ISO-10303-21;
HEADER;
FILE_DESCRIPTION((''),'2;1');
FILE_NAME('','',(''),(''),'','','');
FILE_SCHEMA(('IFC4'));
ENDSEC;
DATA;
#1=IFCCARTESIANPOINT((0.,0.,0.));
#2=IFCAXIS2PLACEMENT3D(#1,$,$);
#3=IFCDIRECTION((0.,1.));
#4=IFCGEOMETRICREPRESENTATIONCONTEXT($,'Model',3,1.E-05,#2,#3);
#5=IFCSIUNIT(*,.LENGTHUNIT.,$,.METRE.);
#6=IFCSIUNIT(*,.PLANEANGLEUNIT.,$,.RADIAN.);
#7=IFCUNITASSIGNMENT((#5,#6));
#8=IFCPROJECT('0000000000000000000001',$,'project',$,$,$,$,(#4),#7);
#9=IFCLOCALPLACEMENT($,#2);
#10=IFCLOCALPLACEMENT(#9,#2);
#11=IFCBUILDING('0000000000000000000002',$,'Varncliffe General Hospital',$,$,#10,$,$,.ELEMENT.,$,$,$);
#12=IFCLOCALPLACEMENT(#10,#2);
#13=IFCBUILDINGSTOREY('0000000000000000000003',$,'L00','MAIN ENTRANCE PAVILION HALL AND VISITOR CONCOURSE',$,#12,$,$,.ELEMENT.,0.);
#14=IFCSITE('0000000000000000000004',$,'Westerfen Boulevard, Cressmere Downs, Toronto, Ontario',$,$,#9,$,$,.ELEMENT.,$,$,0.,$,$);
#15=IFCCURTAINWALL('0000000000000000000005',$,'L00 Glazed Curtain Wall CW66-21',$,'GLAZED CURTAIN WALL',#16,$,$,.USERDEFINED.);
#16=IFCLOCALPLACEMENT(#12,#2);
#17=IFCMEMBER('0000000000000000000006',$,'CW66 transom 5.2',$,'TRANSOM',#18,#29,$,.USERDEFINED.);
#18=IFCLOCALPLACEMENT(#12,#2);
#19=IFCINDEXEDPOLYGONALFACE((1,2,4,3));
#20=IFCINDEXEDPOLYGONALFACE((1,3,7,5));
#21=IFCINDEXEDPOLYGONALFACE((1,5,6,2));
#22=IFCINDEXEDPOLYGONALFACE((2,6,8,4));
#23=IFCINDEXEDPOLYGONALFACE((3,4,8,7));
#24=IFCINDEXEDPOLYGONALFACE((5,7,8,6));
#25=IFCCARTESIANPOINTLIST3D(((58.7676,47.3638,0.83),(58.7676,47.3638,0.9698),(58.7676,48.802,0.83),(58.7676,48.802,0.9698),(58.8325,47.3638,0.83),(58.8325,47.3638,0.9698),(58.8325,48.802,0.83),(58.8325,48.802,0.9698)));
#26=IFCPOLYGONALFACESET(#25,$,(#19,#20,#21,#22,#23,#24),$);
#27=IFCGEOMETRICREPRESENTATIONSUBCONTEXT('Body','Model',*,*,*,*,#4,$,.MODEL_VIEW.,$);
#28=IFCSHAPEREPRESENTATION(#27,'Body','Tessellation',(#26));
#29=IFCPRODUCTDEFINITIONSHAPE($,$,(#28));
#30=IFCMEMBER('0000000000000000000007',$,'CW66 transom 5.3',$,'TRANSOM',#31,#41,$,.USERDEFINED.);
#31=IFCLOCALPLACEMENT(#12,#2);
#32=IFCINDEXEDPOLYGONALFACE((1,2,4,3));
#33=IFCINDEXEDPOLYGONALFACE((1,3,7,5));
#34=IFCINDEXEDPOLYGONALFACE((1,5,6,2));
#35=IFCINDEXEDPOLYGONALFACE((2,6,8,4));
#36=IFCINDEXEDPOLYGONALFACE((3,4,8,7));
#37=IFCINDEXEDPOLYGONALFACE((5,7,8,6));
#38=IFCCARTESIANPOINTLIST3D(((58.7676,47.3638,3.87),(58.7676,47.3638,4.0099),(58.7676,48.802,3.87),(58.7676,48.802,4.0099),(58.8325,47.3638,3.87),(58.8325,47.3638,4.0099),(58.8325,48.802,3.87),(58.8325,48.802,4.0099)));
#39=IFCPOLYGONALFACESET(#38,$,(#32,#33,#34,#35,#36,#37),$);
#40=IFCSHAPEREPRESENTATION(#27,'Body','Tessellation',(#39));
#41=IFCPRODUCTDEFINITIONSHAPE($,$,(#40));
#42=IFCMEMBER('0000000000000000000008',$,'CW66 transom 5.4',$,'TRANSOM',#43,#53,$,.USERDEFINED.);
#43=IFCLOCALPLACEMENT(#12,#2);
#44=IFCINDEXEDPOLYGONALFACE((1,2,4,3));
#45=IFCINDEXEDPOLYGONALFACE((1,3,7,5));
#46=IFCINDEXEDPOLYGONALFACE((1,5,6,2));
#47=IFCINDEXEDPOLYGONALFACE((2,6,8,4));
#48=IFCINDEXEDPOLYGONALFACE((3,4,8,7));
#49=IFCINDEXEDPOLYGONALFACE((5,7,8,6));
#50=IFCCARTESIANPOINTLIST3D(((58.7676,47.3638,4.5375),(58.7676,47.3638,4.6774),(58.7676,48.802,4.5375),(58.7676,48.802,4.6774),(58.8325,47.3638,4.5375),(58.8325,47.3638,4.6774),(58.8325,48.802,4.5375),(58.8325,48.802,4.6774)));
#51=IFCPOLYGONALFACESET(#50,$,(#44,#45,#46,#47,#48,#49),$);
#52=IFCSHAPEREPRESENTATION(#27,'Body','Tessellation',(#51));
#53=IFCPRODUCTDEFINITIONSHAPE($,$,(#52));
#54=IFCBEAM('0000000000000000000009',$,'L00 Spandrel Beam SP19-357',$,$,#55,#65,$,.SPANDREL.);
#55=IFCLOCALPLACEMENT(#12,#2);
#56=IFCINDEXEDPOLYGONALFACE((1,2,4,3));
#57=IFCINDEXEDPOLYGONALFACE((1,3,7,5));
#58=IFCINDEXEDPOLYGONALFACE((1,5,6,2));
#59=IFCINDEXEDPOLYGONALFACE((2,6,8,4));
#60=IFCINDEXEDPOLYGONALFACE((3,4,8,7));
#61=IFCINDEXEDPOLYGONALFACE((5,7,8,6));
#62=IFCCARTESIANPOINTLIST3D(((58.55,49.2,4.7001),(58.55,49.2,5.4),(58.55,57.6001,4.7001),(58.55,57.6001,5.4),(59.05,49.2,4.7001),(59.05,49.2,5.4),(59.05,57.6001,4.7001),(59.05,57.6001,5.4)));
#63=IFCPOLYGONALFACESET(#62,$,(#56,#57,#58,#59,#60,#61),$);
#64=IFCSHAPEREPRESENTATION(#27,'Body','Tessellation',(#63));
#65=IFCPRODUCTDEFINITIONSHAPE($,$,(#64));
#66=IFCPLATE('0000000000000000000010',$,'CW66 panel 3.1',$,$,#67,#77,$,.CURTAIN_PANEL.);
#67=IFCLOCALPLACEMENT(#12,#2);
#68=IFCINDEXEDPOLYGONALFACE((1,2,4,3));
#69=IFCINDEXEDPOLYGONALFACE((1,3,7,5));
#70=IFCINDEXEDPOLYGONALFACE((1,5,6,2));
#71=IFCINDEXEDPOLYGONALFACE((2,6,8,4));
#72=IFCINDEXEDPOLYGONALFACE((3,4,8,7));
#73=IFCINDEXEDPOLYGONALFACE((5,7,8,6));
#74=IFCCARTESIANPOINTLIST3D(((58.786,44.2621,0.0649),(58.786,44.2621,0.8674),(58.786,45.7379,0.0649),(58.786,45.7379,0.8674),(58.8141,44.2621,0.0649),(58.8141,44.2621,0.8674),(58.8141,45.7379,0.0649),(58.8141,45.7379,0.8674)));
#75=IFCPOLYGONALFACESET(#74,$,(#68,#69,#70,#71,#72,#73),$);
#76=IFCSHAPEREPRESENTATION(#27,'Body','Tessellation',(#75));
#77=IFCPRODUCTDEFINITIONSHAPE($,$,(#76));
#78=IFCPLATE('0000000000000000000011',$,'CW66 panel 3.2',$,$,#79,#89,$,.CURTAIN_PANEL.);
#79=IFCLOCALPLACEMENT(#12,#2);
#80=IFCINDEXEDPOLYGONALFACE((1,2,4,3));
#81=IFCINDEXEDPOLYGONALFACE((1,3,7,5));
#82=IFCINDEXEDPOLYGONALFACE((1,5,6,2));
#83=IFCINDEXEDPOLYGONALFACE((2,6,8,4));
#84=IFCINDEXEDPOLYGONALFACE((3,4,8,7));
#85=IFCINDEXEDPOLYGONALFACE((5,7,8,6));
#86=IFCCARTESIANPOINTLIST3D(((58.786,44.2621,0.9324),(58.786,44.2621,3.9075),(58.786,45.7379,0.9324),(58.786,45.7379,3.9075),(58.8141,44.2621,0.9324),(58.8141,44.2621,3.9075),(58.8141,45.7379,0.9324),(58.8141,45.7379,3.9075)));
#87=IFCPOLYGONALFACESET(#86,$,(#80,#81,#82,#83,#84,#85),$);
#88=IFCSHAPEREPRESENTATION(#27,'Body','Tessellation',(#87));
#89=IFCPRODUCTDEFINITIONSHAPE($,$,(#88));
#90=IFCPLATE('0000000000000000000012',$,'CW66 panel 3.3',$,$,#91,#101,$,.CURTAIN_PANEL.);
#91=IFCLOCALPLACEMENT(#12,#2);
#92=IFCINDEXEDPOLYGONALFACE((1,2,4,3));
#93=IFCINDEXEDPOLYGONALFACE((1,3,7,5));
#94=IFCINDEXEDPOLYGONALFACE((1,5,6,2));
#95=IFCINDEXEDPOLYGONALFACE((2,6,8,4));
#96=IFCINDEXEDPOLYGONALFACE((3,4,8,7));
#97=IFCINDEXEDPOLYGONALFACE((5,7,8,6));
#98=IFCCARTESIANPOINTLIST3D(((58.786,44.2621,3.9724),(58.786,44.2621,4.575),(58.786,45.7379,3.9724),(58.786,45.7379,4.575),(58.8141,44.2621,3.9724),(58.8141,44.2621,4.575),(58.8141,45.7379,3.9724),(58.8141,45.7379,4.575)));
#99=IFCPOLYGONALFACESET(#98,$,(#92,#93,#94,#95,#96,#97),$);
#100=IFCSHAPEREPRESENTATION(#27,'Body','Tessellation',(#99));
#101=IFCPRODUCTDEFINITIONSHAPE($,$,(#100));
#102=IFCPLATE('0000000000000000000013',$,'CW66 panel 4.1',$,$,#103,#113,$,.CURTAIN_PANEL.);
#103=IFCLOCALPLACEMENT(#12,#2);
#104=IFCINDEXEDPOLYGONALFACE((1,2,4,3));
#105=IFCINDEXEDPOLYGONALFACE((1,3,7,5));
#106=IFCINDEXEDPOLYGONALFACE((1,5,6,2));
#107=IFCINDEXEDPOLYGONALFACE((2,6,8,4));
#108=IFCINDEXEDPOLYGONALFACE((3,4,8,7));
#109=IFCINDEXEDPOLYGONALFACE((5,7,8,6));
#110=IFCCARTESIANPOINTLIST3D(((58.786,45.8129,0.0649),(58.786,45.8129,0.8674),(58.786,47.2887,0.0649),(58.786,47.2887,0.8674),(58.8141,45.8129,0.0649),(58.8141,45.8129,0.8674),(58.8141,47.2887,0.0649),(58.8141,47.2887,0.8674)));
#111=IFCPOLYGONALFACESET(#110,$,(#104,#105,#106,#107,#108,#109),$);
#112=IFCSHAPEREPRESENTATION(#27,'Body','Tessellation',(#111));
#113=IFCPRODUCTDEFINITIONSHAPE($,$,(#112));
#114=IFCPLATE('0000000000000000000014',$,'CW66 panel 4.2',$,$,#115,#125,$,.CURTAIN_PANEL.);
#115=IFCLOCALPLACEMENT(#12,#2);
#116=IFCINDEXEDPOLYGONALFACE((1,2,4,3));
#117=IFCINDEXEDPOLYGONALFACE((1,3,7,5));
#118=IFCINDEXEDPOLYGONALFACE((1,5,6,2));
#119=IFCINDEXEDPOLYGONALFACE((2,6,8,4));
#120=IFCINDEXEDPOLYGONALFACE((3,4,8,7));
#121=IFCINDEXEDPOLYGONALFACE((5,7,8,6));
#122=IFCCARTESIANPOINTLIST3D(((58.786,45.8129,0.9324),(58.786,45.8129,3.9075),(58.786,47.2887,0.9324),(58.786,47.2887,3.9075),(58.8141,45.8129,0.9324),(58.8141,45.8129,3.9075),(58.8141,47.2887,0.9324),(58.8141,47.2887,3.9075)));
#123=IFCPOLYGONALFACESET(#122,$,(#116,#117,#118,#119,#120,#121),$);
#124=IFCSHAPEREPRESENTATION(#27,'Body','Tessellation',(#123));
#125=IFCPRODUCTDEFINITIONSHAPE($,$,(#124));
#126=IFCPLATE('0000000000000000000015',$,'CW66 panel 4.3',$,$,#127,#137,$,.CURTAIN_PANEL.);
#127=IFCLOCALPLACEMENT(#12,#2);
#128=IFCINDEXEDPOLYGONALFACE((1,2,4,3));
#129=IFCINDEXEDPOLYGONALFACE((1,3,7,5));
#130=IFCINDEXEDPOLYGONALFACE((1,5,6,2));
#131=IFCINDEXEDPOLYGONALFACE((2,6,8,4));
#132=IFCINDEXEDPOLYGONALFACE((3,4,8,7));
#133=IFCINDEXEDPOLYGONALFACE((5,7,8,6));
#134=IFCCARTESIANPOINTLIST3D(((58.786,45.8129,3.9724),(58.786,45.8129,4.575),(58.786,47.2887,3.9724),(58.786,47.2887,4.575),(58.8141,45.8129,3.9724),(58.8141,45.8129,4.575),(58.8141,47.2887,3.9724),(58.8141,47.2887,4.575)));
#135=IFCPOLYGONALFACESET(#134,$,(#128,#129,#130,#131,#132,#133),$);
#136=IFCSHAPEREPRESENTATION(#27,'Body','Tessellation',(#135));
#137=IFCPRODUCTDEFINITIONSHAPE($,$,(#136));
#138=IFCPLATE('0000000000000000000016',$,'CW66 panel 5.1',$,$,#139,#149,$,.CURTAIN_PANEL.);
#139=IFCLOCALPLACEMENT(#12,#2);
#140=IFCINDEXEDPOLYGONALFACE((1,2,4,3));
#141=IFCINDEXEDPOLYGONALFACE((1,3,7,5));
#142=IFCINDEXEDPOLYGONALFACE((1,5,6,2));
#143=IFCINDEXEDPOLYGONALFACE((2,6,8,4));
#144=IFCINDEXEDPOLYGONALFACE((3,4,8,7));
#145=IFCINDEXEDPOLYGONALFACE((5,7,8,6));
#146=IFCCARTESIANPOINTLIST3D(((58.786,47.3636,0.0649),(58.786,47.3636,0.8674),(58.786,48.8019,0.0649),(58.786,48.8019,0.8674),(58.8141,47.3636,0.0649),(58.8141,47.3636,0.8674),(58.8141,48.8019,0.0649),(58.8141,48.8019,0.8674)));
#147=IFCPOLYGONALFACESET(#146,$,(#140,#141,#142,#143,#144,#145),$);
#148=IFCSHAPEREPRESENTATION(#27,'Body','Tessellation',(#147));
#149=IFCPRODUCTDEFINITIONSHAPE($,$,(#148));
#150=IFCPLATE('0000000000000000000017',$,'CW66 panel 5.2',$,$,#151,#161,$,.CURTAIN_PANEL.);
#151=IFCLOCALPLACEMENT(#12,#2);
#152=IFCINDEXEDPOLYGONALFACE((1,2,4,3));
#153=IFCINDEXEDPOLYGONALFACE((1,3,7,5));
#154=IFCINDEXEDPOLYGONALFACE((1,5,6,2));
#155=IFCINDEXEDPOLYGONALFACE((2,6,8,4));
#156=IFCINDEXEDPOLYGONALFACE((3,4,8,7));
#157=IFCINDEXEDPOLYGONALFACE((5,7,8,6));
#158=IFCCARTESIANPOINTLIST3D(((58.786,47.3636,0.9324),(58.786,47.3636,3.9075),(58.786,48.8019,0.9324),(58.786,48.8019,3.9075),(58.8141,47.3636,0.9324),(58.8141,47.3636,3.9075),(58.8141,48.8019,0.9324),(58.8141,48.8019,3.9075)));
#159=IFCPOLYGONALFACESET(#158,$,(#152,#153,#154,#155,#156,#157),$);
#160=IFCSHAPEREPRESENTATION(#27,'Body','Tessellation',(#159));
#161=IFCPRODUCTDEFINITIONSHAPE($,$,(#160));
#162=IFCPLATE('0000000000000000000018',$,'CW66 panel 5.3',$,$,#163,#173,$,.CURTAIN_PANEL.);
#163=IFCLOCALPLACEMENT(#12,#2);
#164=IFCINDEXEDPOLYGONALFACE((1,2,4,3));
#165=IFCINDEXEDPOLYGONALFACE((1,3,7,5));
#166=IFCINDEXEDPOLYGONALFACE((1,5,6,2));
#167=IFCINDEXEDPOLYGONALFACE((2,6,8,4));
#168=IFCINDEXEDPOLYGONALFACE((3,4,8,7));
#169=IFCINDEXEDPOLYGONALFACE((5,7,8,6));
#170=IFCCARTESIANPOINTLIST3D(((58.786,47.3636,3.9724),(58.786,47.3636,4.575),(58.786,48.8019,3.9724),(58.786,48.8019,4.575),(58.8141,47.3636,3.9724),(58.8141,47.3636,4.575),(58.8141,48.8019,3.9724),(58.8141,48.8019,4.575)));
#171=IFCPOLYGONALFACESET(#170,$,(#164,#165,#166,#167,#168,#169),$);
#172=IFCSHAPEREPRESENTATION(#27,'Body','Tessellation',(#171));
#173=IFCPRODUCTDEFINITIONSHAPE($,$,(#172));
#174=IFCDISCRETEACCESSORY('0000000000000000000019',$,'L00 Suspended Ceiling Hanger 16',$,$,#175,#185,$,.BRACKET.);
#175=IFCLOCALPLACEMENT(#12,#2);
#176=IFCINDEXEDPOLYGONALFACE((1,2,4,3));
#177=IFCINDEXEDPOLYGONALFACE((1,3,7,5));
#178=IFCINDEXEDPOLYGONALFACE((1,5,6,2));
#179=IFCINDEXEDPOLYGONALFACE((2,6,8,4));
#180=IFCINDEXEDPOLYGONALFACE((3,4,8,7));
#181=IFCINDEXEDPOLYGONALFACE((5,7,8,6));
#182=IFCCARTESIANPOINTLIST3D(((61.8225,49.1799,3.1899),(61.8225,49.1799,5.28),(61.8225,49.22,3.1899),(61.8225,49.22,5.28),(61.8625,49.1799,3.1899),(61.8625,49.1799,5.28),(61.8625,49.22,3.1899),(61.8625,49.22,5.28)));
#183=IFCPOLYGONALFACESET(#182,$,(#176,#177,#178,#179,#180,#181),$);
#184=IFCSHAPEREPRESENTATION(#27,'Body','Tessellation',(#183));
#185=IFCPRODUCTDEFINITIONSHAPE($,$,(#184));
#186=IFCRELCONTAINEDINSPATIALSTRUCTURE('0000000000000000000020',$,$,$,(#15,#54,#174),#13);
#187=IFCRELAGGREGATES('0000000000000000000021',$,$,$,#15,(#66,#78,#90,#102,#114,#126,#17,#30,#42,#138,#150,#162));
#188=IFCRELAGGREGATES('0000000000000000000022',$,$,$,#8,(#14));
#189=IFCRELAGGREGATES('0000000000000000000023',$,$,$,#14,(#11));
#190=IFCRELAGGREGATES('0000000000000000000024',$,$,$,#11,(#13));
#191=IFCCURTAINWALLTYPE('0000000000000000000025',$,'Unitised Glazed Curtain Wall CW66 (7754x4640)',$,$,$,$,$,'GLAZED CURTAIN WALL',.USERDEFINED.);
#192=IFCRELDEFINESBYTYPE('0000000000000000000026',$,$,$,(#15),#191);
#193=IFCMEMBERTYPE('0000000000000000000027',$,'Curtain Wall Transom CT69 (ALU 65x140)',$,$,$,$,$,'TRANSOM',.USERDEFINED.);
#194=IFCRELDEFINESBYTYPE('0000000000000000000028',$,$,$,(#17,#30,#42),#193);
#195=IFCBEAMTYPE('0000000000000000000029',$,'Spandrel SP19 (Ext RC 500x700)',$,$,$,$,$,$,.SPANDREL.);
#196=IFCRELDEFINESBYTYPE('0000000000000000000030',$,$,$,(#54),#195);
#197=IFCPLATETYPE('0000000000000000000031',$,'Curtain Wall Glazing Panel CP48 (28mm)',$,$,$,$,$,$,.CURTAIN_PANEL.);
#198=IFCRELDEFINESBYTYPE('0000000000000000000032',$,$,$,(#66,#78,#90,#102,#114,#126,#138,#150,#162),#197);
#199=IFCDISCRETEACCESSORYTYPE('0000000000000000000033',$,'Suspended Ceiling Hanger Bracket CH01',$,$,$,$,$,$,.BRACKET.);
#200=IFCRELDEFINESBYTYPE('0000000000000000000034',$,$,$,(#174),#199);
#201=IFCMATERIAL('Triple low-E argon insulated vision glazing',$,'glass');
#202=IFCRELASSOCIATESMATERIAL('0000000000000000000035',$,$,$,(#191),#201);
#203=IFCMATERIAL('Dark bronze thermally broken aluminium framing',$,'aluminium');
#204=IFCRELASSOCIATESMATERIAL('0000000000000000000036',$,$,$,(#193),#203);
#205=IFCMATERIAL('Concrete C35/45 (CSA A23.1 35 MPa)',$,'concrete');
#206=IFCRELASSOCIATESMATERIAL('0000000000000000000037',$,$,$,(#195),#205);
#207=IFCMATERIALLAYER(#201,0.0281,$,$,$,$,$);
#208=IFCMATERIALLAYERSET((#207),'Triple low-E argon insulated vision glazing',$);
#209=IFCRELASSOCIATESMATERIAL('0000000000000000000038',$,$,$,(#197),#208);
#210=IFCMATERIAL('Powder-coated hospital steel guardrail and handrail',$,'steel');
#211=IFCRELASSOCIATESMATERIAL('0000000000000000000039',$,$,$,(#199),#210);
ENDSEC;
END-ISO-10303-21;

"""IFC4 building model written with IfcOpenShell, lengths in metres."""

from ifc_helpers import new_model, si_unit, direction, frame, origin, origin_2d, place, context, subcontext, project, spatial, rectangle, extrude, material, layer, layer_set, material_profile, profile_set, type_object, element, aggregate, save


model = new_model("IFC4")

# Units and contexts
model_context = context("Model", 3, precision=1e-05, world=origin(), true_north=direction((0.0, 1.0)))
body_context = subcontext(model_context, "Body", "Model", "MODEL_VIEW")
ifc_project = project(units=[si_unit("LENGTHUNIT", "METRE"), si_unit("PLANEANGLEUNIT", "RADIAN")], contexts=[model_context])

# Site, building, storey
site_placement = place(None, origin())
site = spatial("IfcSite", under=ifc_project, at=site_placement, Name="Westerfen Boulevard, Cressmere Downs, Toronto, Ontario", CompositionType="ELEMENT", RefElevation=0.0)
building_placement = place(site_placement, origin())
building = spatial("IfcBuilding", under=site, at=building_placement, Name="Varncliffe General Hospital", CompositionType="ELEMENT")
storey_placement = place(building_placement, origin())
storey = spatial("IfcBuildingStorey", under=building, at=storey_placement, Name="L00", Description="MAIN ENTRANCE PAVILION HALL AND VISITOR CONCOURSE", CompositionType="ELEMENT", Elevation=0.0)

# Shared definitions
ifc_material_1 = material(Name="Triple low-E argon insulated vision glazing", Category="glass")
ifc_material_2 = material(Name="Dark bronze thermally broken aluminium framing", Category="aluminium")

# Curtain wall
curtain_wall_type_1 = type_object("IfcCurtainWallType", Name="Unitised Glazed Curtain Wall CW66 (7754x4640)", ElementType="GLAZED CURTAIN WALL", PredefinedType="USERDEFINED", material=ifc_material_1)
curtain_wall_1_placement = place(storey_placement, origin())
curtain_wall_1 = element("IfcCurtainWall", 1, at=curtain_wall_1_placement, inside=storey, type_object=curtain_wall_type_1, Name="L00 Glazed Curtain Wall CW66-21", ObjectType="GLAZED CURTAIN WALL", PredefinedType="USERDEFINED")

# Members
ifc_material_profile_1 = material_profile(ifc_material_2, rectangle(XDim=0.0649, YDim=0.1399, at=origin_2d()), Name="ALU 65x140")
ifc_profile_set_1 = profile_set([ifc_material_profile_1], Name="Dark bronze thermally broken aluminium framing")
member_type_1 = type_object("IfcMemberType", Name="Curtain Wall Transom CT69 (ALU 65x140)", ElementType="TRANSOM", PredefinedType="USERDEFINED", material=ifc_profile_set_1)
member_1_placement = place(storey_placement, frame((58.8, 47.3638, 0.8999), z_axis=(0.0, 1.0, 0.0), x_axis=(-1.0, 0.0, 0.0)))
member_1 = element("IfcMember", 2, at=member_1_placement, type_object=member_type_1, Name="CW66 transom 5.2", ObjectType="TRANSOM", PredefinedType="USERDEFINED", context=body_context, shape_type="SweptSolid", body=[
    extrude(rectangle(XDim=0.0649, YDim=0.1399, at=origin_2d()), origin(), (0.0, 0.0, 1.0), 1.4382),
])
member_2_placement = place(storey_placement, frame((58.8, 47.3638, 3.9399), z_axis=(0.0, 1.0, 0.0), x_axis=(-1.0, 0.0, 0.0)))
member_2 = element("IfcMember", 3, at=member_2_placement, type_object=member_type_1, Name="CW66 transom 5.3", ObjectType="TRANSOM", PredefinedType="USERDEFINED", context=body_context, shape_type="SweptSolid", body=[
    extrude(rectangle(XDim=0.0649, YDim=0.1399, at=origin_2d()), origin(), (0.0, 0.0, 1.0), 1.4382),
])
member_3_placement = place(storey_placement, frame((58.8, 47.3638, 4.6074), z_axis=(0.0, 1.0, 0.0), x_axis=(-1.0, 0.0, 0.0)))
member_3 = element("IfcMember", 4, at=member_3_placement, type_object=member_type_1, Name="CW66 transom 5.4", ObjectType="TRANSOM", PredefinedType="USERDEFINED", context=body_context, shape_type="SweptSolid", body=[
    extrude(rectangle(XDim=0.0649, YDim=0.1399, at=origin_2d()), origin(), (0.0, 0.0, 1.0), 1.4382),
])

# Beam
ifc_material_3 = material(Name="Concrete C35/45 (CSA A23.1 35 MPa)", Category="concrete")
ifc_material_profile_2 = material_profile(ifc_material_3, rectangle(XDim=0.5, YDim=0.7, at=origin_2d()), Name="RC 500x700")
ifc_profile_set_2 = profile_set([ifc_material_profile_2], Name="Concrete C35/45 (CSA A23.1 35 MPa)")
beam_type = type_object("IfcBeamType", Name="Spandrel SP19 (Ext RC 500x700)", PredefinedType="SPANDREL", material=ifc_profile_set_2)
beam_placement = place(storey_placement, frame((58.8, 49.2, 5.05), z_axis=(0.0, 1.0, 0.0), x_axis=(-1.0, 0.0, 0.0)))
element("IfcBeam", 5, at=beam_placement, inside=storey, type_object=beam_type, Name="L00 Spandrel Beam SP19-357", PredefinedType="SPANDREL", context=body_context, shape_type="SweptSolid", body=[
    extrude(rectangle(XDim=0.5, YDim=0.7, at=origin_2d()), origin(), (0.0, 0.0, 1.0), 8.4001),
])

# Plates
ifc_layer = layer(ifc_material_1, 0.0281)
ifc_layer_set = layer_set([ifc_layer], Name="Triple low-E argon insulated vision glazing")
plate_type = type_object("IfcPlateType", Name="Curtain Wall Glazing Panel CP48 (28mm)", PredefinedType="CURTAIN_PANEL", material=ifc_layer_set)
plate_1_placement = place(storey_placement, frame((58.8, 45.0, 0.0649), z_axis=(0.0, 0.0, 1.0), x_axis=(0.0, 1.0, 0.0)))
plate_1 = element("IfcPlate", 6, at=plate_1_placement, type_object=plate_type, Name="CW66 panel 3.1", PredefinedType="CURTAIN_PANEL", context=body_context, shape_type="SweptSolid", body=[
    extrude(rectangle(XDim=1.4758, YDim=0.0281, at=origin_2d()), origin(), (0.0, 0.0, 1.0), 0.8025),
])
plate_2_placement = place(storey_placement, frame((58.8, 45.0, 0.9324), z_axis=(0.0, 0.0, 1.0), x_axis=(0.0, 1.0, 0.0)))
plate_2 = element("IfcPlate", 7, at=plate_2_placement, type_object=plate_type, Name="CW66 panel 3.2", PredefinedType="CURTAIN_PANEL", context=body_context, shape_type="SweptSolid", body=[
    extrude(rectangle(XDim=1.4758, YDim=0.0281, at=origin_2d()), origin(), (0.0, 0.0, 1.0), 2.9751),
])
plate_3_placement = place(storey_placement, frame((58.8, 45.0, 3.9724), z_axis=(0.0, 0.0, 1.0), x_axis=(0.0, 1.0, 0.0)))
plate_3 = element("IfcPlate", 8, at=plate_3_placement, type_object=plate_type, Name="CW66 panel 3.3", PredefinedType="CURTAIN_PANEL", context=body_context, shape_type="SweptSolid", body=[
    extrude(rectangle(XDim=1.4758, YDim=0.0281, at=origin_2d()), origin(), (0.0, 0.0, 1.0), 0.6025),
])
plate_4_placement = place(storey_placement, frame((58.8, 46.5508, 0.0649), z_axis=(0.0, 0.0, 1.0), x_axis=(0.0, 1.0, 0.0)))
plate_4 = element("IfcPlate", 9, at=plate_4_placement, type_object=plate_type, Name="CW66 panel 4.1", PredefinedType="CURTAIN_PANEL", context=body_context, shape_type="SweptSolid", body=[
    extrude(rectangle(XDim=1.4758, YDim=0.0281, at=origin_2d()), origin(), (0.0, 0.0, 1.0), 0.8025),
])
plate_5_placement = place(storey_placement, frame((58.8, 46.5508, 0.9324), z_axis=(0.0, 0.0, 1.0), x_axis=(0.0, 1.0, 0.0)))
plate_5 = element("IfcPlate", 10, at=plate_5_placement, type_object=plate_type, Name="CW66 panel 4.2", PredefinedType="CURTAIN_PANEL", context=body_context, shape_type="SweptSolid", body=[
    extrude(rectangle(XDim=1.4758, YDim=0.0281, at=origin_2d()), origin(), (0.0, 0.0, 1.0), 2.9751),
])
plate_6_placement = place(storey_placement, frame((58.8, 46.5508, 3.9724), z_axis=(0.0, 0.0, 1.0), x_axis=(0.0, 1.0, 0.0)))
plate_6 = element("IfcPlate", 11, at=plate_6_placement, type_object=plate_type, Name="CW66 panel 4.3", PredefinedType="CURTAIN_PANEL", context=body_context, shape_type="SweptSolid", body=[
    extrude(rectangle(XDim=1.4758, YDim=0.0281, at=origin_2d()), origin(), (0.0, 0.0, 1.0), 0.6025),
])
plate_7_placement = place(storey_placement, frame((58.8, 48.0828, 0.0649), z_axis=(0.0, 0.0, 1.0), x_axis=(0.0, 1.0, 0.0)))
plate_7 = element("IfcPlate", 12, at=plate_7_placement, type_object=plate_type, Name="CW66 panel 5.1", PredefinedType="CURTAIN_PANEL", context=body_context, shape_type="SweptSolid", body=[
    extrude(rectangle(XDim=1.4382, YDim=0.0281, at=origin_2d()), origin(), (0.0, 0.0, 1.0), 0.8025),
])
plate_8_placement = place(storey_placement, frame((58.8, 48.0828, 0.9324), z_axis=(0.0, 0.0, 1.0), x_axis=(0.0, 1.0, 0.0)))
plate_8 = element("IfcPlate", 13, at=plate_8_placement, type_object=plate_type, Name="CW66 panel 5.2", PredefinedType="CURTAIN_PANEL", context=body_context, shape_type="SweptSolid", body=[
    extrude(rectangle(XDim=1.4382, YDim=0.0281, at=origin_2d()), origin(), (0.0, 0.0, 1.0), 2.9751),
])
plate_9_placement = place(storey_placement, frame((58.8, 48.0828, 3.9724), z_axis=(0.0, 0.0, 1.0), x_axis=(0.0, 1.0, 0.0)))
plate_9 = element("IfcPlate", 14, at=plate_9_placement, type_object=plate_type, Name="CW66 panel 5.3", PredefinedType="CURTAIN_PANEL", context=body_context, shape_type="SweptSolid", body=[
    extrude(rectangle(XDim=1.4382, YDim=0.0281, at=origin_2d()), origin(), (0.0, 0.0, 1.0), 0.6025),
])
aggregate(curtain_wall_1, [plate_1, plate_2, plate_3, plate_4, plate_5, plate_6, member_1, member_2, member_3, plate_7, plate_8, plate_9])

# Discrete accessory
ifc_material_4 = material(Name="Powder-coated hospital steel guardrail and handrail", Category="steel")
discrete_accessory_type = type_object("IfcDiscreteAccessoryType", Name="Suspended Ceiling Hanger Bracket CH01", PredefinedType="BRACKET", material=ifc_material_4)
discrete_accessory_placement = place(storey_placement, frame((61.8425, 49.2, 3.1899), z_axis=(0.0, 0.0, 1.0), x_axis=(1.0, 0.0, 0.0)))
element("IfcDiscreteAccessory", 15, at=discrete_accessory_placement, inside=storey, type_object=discrete_accessory_type, Name="L00 Suspended Ceiling Hanger 16", PredefinedType="BRACKET", context=body_context, shape_type="SweptSolid", body=[
    extrude(rectangle(XDim=0.04, YDim=0.04, at=origin_2d()), origin(), (0.0, 0.0, 1.0), 2.0901),
])

save(model, "model.ifc")
